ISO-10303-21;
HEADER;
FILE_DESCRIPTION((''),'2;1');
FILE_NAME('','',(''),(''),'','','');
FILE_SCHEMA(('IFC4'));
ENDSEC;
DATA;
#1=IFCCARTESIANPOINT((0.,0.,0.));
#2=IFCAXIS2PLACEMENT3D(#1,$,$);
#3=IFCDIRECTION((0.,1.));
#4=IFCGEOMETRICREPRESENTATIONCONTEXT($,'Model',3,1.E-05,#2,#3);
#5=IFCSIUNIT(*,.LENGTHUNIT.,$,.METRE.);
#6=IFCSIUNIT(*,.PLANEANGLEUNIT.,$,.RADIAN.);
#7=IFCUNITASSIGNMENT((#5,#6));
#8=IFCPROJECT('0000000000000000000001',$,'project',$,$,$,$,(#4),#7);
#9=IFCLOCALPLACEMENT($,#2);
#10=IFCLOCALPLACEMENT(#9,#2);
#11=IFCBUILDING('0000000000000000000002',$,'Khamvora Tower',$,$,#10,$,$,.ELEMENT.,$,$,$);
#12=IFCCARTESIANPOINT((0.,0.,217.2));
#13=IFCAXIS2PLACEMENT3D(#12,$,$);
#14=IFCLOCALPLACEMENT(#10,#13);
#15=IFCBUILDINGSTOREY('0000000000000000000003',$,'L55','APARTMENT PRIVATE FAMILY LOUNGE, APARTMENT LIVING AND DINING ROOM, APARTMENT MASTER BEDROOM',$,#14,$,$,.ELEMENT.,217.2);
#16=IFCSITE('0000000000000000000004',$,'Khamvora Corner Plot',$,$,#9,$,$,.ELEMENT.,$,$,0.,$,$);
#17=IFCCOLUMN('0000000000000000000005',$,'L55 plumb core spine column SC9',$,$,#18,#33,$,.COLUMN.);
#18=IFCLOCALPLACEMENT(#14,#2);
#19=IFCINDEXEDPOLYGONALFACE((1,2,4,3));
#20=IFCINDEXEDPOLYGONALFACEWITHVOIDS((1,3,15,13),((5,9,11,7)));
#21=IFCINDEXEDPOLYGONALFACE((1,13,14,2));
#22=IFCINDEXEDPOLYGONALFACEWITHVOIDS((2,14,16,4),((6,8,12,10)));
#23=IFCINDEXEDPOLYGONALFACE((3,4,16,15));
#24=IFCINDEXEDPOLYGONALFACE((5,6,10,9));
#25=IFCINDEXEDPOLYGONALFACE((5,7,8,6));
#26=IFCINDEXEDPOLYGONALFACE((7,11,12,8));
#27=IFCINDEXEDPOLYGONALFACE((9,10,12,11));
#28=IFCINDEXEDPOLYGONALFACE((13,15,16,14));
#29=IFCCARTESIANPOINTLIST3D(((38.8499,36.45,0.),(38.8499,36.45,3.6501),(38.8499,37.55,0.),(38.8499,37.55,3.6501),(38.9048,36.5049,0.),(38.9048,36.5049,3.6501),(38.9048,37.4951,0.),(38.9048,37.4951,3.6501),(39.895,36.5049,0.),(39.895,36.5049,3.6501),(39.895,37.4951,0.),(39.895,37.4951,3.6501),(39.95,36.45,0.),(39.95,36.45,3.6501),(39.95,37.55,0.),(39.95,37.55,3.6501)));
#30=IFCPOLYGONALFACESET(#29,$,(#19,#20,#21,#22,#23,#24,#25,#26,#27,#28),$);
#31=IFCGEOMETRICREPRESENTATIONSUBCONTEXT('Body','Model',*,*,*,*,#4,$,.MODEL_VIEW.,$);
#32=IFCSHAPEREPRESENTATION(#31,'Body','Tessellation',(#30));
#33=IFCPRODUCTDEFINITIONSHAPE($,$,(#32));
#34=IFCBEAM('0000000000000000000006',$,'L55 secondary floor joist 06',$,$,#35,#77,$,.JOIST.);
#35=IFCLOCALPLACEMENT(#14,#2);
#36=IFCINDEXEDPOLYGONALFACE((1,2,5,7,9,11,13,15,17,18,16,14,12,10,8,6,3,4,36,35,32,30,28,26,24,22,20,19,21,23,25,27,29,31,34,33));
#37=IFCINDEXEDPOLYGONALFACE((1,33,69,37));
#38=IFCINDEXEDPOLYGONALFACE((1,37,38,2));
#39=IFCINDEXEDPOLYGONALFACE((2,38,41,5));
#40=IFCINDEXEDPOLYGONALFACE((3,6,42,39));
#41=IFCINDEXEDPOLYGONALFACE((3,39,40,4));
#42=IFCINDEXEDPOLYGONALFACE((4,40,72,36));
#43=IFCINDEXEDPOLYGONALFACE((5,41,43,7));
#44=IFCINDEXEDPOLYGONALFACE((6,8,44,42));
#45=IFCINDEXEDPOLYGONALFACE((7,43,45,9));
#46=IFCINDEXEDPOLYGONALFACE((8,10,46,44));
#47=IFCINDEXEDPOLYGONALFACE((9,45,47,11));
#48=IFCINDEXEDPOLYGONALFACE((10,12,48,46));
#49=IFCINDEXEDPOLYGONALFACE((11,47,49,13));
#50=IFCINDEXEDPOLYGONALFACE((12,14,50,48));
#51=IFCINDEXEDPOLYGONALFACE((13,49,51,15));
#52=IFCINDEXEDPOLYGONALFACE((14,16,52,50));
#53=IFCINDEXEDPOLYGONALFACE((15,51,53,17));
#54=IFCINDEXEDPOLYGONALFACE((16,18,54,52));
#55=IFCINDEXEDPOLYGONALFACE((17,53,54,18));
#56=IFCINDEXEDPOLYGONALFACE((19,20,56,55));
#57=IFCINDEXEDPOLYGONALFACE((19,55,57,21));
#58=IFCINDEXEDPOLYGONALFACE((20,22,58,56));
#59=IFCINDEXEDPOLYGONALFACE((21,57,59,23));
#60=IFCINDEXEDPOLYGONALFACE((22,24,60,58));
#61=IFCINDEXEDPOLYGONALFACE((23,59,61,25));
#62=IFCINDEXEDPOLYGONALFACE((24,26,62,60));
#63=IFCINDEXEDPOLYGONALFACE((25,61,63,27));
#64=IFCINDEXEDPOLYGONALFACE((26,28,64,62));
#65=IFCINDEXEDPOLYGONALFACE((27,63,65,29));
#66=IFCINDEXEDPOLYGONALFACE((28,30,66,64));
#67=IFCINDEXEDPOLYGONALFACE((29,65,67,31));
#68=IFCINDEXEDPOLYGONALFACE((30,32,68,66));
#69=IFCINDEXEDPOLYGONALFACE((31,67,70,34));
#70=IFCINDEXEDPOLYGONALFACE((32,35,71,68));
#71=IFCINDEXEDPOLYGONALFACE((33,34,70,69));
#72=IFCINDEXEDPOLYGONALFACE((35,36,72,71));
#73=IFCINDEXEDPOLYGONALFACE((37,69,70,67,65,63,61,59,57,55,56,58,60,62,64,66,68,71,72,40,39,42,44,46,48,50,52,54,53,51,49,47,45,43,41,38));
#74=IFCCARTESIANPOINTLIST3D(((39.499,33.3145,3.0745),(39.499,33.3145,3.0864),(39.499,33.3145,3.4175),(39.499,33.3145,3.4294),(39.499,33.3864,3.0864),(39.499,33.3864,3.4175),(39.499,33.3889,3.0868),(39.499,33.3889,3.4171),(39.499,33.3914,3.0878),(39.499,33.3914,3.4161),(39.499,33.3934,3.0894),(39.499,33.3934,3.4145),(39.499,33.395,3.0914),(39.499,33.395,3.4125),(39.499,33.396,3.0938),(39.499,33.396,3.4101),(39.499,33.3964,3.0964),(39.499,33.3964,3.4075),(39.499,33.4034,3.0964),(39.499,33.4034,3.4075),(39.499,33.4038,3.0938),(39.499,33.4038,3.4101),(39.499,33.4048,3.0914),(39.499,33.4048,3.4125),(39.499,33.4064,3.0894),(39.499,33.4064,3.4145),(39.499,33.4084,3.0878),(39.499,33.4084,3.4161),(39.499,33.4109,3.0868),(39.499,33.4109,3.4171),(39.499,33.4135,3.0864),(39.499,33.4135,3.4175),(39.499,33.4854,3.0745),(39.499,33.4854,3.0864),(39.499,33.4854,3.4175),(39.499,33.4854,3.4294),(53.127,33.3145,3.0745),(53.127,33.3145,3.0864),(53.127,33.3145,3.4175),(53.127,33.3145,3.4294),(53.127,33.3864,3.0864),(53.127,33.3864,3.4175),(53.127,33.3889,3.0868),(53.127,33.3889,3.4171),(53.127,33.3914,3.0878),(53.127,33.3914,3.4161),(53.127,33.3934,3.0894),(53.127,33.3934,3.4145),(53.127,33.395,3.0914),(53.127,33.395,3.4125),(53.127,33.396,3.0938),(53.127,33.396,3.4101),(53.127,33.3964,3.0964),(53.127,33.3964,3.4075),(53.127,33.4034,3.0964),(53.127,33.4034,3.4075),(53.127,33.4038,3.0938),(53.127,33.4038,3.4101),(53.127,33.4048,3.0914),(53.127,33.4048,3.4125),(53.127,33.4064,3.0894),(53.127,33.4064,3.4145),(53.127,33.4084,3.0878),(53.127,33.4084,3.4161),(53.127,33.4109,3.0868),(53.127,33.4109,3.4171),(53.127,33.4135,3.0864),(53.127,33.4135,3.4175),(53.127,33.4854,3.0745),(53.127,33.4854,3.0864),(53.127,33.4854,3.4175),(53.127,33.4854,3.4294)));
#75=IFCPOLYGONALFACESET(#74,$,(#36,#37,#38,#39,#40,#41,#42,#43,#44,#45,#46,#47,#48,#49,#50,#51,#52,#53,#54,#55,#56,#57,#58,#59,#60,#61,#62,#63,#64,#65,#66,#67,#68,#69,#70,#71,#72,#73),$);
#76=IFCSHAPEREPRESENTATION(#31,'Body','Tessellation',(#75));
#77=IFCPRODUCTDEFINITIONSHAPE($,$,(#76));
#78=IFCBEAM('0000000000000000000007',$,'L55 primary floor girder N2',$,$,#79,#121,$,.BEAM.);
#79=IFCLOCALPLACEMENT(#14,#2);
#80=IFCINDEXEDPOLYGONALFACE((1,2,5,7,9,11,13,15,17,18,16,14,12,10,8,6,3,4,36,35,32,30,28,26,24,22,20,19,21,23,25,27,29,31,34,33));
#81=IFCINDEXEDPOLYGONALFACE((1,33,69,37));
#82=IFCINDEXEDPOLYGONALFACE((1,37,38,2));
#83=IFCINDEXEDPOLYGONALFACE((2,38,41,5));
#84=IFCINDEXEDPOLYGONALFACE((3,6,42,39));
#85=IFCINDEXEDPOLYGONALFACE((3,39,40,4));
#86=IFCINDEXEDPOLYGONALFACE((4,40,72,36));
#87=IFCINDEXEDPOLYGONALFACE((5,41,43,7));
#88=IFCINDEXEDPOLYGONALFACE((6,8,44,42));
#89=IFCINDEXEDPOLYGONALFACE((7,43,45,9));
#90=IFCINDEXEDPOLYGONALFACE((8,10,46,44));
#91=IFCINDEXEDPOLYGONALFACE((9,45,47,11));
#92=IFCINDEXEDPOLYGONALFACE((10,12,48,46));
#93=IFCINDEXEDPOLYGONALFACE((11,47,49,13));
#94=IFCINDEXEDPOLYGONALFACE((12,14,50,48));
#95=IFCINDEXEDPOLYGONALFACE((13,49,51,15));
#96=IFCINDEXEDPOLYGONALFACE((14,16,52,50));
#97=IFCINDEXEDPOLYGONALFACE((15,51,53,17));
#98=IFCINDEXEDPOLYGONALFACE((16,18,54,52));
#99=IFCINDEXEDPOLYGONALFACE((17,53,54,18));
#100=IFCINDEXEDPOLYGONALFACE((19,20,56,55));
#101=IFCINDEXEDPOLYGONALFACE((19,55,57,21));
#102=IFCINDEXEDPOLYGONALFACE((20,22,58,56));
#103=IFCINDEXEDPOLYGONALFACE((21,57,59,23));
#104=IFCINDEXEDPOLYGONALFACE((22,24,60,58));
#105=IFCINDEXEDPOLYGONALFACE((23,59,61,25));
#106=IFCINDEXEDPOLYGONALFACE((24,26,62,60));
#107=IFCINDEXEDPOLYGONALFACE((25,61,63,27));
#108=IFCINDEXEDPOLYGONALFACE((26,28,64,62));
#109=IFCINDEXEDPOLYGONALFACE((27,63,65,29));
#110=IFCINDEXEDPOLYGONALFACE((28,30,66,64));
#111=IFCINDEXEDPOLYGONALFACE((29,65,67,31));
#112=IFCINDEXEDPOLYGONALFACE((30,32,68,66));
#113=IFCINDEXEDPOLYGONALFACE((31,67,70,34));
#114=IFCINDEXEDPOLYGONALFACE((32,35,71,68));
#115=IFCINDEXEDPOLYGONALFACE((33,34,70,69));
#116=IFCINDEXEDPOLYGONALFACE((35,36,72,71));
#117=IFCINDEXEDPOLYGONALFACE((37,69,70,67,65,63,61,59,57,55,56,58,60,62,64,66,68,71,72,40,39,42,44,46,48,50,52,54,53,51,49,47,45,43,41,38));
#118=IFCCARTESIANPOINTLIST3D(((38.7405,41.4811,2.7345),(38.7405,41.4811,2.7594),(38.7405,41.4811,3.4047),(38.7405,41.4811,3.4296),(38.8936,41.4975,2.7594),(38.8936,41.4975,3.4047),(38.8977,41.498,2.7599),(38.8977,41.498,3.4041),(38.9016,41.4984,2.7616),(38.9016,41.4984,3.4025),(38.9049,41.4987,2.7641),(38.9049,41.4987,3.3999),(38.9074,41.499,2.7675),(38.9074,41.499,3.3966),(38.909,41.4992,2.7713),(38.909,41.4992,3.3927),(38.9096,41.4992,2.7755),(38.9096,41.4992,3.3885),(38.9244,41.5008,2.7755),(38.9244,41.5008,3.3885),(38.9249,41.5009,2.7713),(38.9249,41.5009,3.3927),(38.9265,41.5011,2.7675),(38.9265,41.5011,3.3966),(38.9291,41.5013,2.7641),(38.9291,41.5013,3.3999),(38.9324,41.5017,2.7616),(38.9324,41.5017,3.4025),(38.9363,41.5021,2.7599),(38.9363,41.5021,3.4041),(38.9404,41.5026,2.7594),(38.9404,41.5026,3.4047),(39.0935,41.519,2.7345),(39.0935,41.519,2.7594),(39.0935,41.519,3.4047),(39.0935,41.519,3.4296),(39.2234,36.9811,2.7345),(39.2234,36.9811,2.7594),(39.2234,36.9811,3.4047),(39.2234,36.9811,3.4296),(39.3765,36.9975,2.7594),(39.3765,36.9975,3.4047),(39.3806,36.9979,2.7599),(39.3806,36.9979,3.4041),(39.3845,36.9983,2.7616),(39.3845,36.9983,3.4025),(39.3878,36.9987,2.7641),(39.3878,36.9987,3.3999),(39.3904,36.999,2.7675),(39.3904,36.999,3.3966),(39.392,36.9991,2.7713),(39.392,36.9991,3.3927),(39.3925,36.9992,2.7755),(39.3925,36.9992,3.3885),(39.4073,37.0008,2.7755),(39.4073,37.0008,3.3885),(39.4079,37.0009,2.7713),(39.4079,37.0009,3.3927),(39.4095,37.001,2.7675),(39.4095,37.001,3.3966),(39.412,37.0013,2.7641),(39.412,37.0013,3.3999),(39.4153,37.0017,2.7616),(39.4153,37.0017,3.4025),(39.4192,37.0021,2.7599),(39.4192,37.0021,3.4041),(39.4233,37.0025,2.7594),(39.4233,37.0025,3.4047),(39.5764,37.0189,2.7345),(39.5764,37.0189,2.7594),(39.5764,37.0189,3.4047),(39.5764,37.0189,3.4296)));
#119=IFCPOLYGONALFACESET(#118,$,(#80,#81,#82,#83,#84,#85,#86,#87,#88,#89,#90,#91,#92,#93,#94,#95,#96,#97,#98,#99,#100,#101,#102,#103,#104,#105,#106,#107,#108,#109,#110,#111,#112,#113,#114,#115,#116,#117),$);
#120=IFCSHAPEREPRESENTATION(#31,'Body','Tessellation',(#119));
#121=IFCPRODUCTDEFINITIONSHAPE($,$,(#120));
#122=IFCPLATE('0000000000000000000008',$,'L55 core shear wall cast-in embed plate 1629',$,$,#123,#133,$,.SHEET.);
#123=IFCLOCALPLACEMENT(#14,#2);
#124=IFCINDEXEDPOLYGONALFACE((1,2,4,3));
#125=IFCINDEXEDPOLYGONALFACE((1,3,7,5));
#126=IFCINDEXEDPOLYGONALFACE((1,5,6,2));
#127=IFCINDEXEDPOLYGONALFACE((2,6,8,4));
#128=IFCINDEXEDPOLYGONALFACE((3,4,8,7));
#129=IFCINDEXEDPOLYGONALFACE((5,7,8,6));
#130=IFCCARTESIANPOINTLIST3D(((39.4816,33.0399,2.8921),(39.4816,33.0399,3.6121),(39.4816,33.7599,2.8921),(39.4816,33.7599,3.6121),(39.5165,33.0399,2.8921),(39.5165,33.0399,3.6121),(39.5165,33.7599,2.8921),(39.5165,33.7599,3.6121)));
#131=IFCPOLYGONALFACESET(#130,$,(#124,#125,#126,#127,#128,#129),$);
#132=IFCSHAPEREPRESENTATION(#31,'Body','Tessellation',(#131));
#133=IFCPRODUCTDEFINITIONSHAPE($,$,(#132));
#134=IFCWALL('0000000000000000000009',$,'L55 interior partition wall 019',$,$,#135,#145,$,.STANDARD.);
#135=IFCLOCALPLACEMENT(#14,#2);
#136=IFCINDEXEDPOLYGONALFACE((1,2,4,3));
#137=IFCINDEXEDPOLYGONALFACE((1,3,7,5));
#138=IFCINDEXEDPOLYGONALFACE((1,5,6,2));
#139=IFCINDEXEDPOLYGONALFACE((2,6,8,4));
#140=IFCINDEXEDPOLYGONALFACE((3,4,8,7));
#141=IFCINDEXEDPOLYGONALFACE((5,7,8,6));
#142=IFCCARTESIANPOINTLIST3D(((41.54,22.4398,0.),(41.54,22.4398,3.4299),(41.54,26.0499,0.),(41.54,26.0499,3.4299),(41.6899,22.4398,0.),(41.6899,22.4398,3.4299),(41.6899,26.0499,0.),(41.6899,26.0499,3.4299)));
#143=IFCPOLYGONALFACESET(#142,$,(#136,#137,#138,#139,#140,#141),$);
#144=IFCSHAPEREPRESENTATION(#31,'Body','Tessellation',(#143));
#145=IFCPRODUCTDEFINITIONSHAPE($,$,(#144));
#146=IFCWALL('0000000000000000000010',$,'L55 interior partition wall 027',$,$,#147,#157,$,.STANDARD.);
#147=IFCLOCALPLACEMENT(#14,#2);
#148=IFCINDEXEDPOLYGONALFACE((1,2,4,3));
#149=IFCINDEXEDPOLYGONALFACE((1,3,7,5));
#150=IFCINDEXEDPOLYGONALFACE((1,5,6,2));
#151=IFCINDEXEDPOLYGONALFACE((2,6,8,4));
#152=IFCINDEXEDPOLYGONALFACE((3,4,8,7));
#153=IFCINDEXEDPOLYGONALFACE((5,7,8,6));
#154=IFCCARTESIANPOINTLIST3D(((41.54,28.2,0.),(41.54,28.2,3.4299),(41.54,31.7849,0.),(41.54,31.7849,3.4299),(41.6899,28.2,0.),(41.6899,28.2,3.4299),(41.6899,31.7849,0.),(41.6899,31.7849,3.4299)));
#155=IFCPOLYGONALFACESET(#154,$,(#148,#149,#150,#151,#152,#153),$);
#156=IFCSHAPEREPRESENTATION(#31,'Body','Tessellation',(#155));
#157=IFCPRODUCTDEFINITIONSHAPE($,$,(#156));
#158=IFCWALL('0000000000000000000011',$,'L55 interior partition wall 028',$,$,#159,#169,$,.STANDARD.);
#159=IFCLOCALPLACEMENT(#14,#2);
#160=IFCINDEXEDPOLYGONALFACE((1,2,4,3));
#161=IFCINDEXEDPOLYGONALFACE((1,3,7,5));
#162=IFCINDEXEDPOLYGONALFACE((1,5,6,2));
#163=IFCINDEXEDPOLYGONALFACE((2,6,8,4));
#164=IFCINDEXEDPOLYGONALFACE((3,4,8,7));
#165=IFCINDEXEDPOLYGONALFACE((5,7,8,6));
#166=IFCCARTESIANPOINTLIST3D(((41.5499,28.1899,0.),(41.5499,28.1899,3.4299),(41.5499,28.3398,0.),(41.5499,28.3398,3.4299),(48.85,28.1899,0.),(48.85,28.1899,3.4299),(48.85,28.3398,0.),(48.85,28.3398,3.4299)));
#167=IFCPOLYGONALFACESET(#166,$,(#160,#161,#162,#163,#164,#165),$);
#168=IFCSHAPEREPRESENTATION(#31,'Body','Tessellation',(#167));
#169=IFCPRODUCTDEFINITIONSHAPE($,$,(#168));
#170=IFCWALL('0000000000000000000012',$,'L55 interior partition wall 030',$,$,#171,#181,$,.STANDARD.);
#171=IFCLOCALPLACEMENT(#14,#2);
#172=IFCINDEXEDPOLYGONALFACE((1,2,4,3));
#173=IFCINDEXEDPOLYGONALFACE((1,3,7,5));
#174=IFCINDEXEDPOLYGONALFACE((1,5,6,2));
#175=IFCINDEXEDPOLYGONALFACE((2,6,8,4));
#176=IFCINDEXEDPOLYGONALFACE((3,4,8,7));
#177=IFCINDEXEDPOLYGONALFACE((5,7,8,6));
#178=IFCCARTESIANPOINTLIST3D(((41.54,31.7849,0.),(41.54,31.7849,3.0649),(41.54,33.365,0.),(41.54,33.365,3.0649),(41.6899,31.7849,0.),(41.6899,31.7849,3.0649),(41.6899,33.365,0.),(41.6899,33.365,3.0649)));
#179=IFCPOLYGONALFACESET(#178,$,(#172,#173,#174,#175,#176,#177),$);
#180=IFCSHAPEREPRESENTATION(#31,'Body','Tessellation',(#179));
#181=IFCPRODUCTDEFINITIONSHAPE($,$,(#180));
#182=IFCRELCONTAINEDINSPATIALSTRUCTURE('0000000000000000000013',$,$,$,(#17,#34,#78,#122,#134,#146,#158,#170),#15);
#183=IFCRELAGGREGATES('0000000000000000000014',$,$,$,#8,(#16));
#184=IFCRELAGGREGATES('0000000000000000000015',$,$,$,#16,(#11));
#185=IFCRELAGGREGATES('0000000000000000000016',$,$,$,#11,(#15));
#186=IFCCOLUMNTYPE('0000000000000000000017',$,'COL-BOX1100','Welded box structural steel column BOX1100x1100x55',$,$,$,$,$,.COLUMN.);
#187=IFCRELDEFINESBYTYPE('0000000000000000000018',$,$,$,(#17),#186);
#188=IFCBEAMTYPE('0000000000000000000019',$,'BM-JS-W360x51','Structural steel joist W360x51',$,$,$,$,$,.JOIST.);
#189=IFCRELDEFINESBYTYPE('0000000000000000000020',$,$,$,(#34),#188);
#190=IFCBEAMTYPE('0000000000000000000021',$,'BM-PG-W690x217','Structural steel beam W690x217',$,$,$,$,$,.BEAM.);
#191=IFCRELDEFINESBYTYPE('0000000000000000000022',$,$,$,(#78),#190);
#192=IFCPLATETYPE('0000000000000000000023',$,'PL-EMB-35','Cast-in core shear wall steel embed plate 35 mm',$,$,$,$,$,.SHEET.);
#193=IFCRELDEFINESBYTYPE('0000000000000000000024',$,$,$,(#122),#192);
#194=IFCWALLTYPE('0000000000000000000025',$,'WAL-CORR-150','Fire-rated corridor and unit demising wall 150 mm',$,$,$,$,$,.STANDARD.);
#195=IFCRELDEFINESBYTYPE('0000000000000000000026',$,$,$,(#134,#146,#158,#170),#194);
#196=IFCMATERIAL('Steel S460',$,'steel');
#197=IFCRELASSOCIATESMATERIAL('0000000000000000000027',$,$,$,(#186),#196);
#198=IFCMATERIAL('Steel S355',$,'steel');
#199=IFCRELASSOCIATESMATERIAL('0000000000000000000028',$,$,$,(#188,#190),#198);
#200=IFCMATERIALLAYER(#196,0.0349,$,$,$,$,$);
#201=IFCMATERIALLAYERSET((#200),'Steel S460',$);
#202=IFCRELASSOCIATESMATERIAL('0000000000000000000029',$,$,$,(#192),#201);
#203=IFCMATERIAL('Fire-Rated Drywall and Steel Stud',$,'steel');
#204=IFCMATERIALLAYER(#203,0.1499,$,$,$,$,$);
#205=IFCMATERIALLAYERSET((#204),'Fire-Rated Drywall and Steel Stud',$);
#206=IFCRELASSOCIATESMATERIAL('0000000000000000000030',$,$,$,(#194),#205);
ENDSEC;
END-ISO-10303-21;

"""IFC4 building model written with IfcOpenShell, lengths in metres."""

from ifc_helpers import new_model, si_unit, direction, frame, frame_2d, origin, origin_2d, place, context, subcontext, project, spatial, rectangle, hollow_rectangle, i_section, extrude, material, layer, layer_set, material_profile, profile_set, type_object, element, save


model = new_model("IFC4")

# Units and contexts
model_context = context("Model", 3, precision=1e-05, world=origin(), true_north=direction((0.0, 1.0)))
body_context = subcontext(model_context, "Body", "Model", "MODEL_VIEW")
ifc_project = project(units=[si_unit("LENGTHUNIT", "METRE"), si_unit("PLANEANGLEUNIT", "RADIAN")], contexts=[model_context])

# Site, building, storey
site_placement = place(None, origin())
site = spatial("IfcSite", under=ifc_project, at=site_placement, Name="Khamvora Corner Plot", CompositionType="ELEMENT", RefElevation=0.0)
building_placement = place(site_placement, origin())
building = spatial("IfcBuilding", under=site, at=building_placement, Name="Khamvora Tower", CompositionType="ELEMENT")
storey_placement = place(building_placement, frame((0.0, 0.0, 217.2)))
storey = spatial("IfcBuildingStorey", under=building, at=storey_placement, Name="L55", Description="APARTMENT PRIVATE FAMILY LOUNGE, APARTMENT LIVING AND DINING ROOM, APARTMENT MASTER BEDROOM", CompositionType="ELEMENT", Elevation=217.2)

# Column
ifc_material_1 = material(Name="Steel S460", Category="steel")
ifc_material_profile_1 = material_profile(ifc_material_1, hollow_rectangle(XDim=1.1001, YDim=1.1001, WallThickness=0.0549, at=origin_2d()), Name="BOX1100x1100x55")
ifc_profile_set_1 = profile_set([ifc_material_profile_1], Name="Steel S460")
column_type = type_object("IfcColumnType", Name="COL-BOX1100", Description="Welded box structural steel column BOX1100x1100x55", PredefinedType="COLUMN", material=ifc_profile_set_1)
column_placement = place(storey_placement, frame((39.3999, 37.0, 0.0), z_axis=(0.0, 0.0, 1.0), x_axis=(1.0, 0.0, 0.0)))
element("IfcColumn", 1, at=column_placement, inside=storey, type_object=column_type, Name="L55 plumb core spine column SC9", PredefinedType="COLUMN", context=body_context, shape_type="SweptSolid", body=[
    extrude(hollow_rectangle(XDim=1.1001, YDim=1.1001, WallThickness=0.0549, at=origin_2d()), origin(), (0.0, 0.0, 1.0), 3.6501),
])

# Beams
ifc_material_2 = material(Name="Steel S355", Category="steel")
ifc_material_profile_2 = material_profile(ifc_material_2, i_section(OverallWidth=0.1709, OverallDepth=0.355, WebThickness=0.0071, FlangeThickness=0.012, FilletRadius=0.01, at=origin_2d()), Name="W360x51")
ifc_profile_set_2 = profile_set([ifc_material_profile_2], Name="Steel S355")
beam_type_1 = type_object("IfcBeamType", Name="BM-JS-W360x51", Description="Structural steel joist W360x51", PredefinedType="JOIST", material=ifc_profile_set_2)
beam_1_placement = place(storey_placement, frame((39.499, 33.3999, 3.252), z_axis=(1.0, 0.0, 0.0), x_axis=(0.0, 1.0, 0.0)))
element("IfcBeam", 2, at=beam_1_placement, inside=storey, type_object=beam_type_1, Name="L55 secondary floor joist 06", PredefinedType="JOIST", context=body_context, shape_type="SweptSolid", body=[
    extrude(i_section(OverallWidth=0.1709, OverallDepth=0.355, WebThickness=0.0071, FlangeThickness=0.012, FilletRadius=0.01, at=origin_2d()), origin(), (0.0, 0.0, 1.0), 13.6279),
])
ifc_material_profile_3 = material_profile(ifc_material_2, i_section(OverallWidth=0.355, OverallDepth=0.6951, WebThickness=0.0149, FlangeThickness=0.0249, FilletRadius=0.0161, at=origin_2d()), Name="W690x217")
ifc_profile_set_3 = profile_set([ifc_material_profile_3], Name="Steel S355")
beam_type_2 = type_object("IfcBeamType", Name="BM-PG-W690x217", Description="Structural steel beam W690x217", PredefinedType="BEAM", material=ifc_profile_set_3)
beam_2_placement = place(storey_placement, frame((39.3999, 37.0, 3.082), z_axis=(-0.106701, 0.994291, 0.0), x_axis=(-0.994291, -0.106701, 0.0)))
element("IfcBeam", 3, at=beam_2_placement, inside=storey, type_object=beam_type_2, Name="L55 primary floor girder N2", PredefinedType="BEAM", context=body_context, shape_type="SweptSolid", body=[
    extrude(i_section(OverallWidth=0.355, OverallDepth=0.6951, WebThickness=0.0149, FlangeThickness=0.0249, FilletRadius=0.0161, at=origin_2d()), origin(), (0.0, 0.0, 1.0), 4.5259),
])

# Plate
ifc_layer_1 = layer(ifc_material_1, 0.0349)
ifc_layer_set_1 = layer_set([ifc_layer_1], Name="Steel S460")
plate_type = type_object("IfcPlateType", Name="PL-EMB-35", Description="Cast-in core shear wall steel embed plate 35 mm", PredefinedType="SHEET", material=ifc_layer_set_1)
plate_placement = place(storey_placement, frame((39.499, 33.3999, 2.8921), z_axis=(0.0, 0.0, 1.0), x_axis=(1.0, 0.0, 0.0)))
element("IfcPlate", 4, at=plate_placement, inside=storey, type_object=plate_type, Name="L55 core shear wall cast-in embed plate 1629", PredefinedType="SHEET", context=body_context, shape_type="SweptSolid", body=[
    extrude(rectangle(XDim=0.0349, YDim=0.72, at=origin_2d()), origin(), (0.0, 0.0, 1.0), 0.72),
])

# Walls
ifc_material_3 = material(Name="Fire-Rated Drywall and Steel Stud", Category="steel")
ifc_layer_2 = layer(ifc_material_3, 0.1499)
ifc_layer_set_2 = layer_set([ifc_layer_2], Name="Fire-Rated Drywall and Steel Stud")
wall_type_1 = type_object("IfcWallType", Name="WAL-CORR-150", Description="Fire-rated corridor and unit demising wall 150 mm", PredefinedType="STANDARD", material=ifc_layer_set_2)
wall_1_placement = place(storey_placement, frame((41.615, 26.05, 0.0), z_axis=(0.0, 0.0, 1.0), x_axis=(0.0, -1.0, 0.0)))
element("IfcWall", 5, at=wall_1_placement, inside=storey, type_object=wall_type_1, Name="L55 interior partition wall 019", PredefinedType="STANDARD", context=body_context, shape_type="SweptSolid", body=[
    extrude(rectangle(XDim=3.6101, YDim=0.1499, at=frame_2d((1.8052, 0.0))), origin(), (0.0, 0.0, 1.0), 3.4299),
])
wall_2_placement = place(storey_placement, frame((41.615, 31.7849, 0.0), z_axis=(0.0, 0.0, 1.0), x_axis=(0.0, -1.0, 0.0)))
element("IfcWall", 6, at=wall_2_placement, inside=storey, type_object=wall_type_1, Name="L55 interior partition wall 027", PredefinedType="STANDARD", context=body_context, shape_type="SweptSolid", body=[
    extrude(rectangle(XDim=3.585, YDim=0.1499, at=frame_2d((1.7925, 0.0))), origin(), (0.0, 0.0, 1.0), 3.4299),
])
wall_3_placement = place(storey_placement, frame((41.55, 28.2649, 0.0), z_axis=(0.0, 0.0, 1.0), x_axis=(1.0, 0.0, 0.0)))
element("IfcWall", 7, at=wall_3_placement, inside=storey, type_object=wall_type_1, Name="L55 interior partition wall 028", PredefinedType="STANDARD", context=body_context, shape_type="SweptSolid", body=[
    extrude(rectangle(XDim=7.3, YDim=0.1499, at=frame_2d((3.6499, 0.0))), origin(), (0.0, 0.0, 1.0), 3.4299),
])
wall_4_placement = place(storey_placement, frame((41.615, 33.365, 0.0), z_axis=(0.0, 0.0, 1.0), x_axis=(0.0, -1.0, 0.0)))
element("IfcWall", 8, at=wall_4_placement, inside=storey, type_object=wall_type_1, Name="L55 interior partition wall 030", PredefinedType="STANDARD", context=body_context, shape_type="SweptSolid", body=[
    extrude(rectangle(XDim=1.5801, YDim=0.1499, at=frame_2d((0.79, 0.0))), origin(), (0.0, 0.0, 1.0), 3.0649),
])

save(model, "model.ifc")
